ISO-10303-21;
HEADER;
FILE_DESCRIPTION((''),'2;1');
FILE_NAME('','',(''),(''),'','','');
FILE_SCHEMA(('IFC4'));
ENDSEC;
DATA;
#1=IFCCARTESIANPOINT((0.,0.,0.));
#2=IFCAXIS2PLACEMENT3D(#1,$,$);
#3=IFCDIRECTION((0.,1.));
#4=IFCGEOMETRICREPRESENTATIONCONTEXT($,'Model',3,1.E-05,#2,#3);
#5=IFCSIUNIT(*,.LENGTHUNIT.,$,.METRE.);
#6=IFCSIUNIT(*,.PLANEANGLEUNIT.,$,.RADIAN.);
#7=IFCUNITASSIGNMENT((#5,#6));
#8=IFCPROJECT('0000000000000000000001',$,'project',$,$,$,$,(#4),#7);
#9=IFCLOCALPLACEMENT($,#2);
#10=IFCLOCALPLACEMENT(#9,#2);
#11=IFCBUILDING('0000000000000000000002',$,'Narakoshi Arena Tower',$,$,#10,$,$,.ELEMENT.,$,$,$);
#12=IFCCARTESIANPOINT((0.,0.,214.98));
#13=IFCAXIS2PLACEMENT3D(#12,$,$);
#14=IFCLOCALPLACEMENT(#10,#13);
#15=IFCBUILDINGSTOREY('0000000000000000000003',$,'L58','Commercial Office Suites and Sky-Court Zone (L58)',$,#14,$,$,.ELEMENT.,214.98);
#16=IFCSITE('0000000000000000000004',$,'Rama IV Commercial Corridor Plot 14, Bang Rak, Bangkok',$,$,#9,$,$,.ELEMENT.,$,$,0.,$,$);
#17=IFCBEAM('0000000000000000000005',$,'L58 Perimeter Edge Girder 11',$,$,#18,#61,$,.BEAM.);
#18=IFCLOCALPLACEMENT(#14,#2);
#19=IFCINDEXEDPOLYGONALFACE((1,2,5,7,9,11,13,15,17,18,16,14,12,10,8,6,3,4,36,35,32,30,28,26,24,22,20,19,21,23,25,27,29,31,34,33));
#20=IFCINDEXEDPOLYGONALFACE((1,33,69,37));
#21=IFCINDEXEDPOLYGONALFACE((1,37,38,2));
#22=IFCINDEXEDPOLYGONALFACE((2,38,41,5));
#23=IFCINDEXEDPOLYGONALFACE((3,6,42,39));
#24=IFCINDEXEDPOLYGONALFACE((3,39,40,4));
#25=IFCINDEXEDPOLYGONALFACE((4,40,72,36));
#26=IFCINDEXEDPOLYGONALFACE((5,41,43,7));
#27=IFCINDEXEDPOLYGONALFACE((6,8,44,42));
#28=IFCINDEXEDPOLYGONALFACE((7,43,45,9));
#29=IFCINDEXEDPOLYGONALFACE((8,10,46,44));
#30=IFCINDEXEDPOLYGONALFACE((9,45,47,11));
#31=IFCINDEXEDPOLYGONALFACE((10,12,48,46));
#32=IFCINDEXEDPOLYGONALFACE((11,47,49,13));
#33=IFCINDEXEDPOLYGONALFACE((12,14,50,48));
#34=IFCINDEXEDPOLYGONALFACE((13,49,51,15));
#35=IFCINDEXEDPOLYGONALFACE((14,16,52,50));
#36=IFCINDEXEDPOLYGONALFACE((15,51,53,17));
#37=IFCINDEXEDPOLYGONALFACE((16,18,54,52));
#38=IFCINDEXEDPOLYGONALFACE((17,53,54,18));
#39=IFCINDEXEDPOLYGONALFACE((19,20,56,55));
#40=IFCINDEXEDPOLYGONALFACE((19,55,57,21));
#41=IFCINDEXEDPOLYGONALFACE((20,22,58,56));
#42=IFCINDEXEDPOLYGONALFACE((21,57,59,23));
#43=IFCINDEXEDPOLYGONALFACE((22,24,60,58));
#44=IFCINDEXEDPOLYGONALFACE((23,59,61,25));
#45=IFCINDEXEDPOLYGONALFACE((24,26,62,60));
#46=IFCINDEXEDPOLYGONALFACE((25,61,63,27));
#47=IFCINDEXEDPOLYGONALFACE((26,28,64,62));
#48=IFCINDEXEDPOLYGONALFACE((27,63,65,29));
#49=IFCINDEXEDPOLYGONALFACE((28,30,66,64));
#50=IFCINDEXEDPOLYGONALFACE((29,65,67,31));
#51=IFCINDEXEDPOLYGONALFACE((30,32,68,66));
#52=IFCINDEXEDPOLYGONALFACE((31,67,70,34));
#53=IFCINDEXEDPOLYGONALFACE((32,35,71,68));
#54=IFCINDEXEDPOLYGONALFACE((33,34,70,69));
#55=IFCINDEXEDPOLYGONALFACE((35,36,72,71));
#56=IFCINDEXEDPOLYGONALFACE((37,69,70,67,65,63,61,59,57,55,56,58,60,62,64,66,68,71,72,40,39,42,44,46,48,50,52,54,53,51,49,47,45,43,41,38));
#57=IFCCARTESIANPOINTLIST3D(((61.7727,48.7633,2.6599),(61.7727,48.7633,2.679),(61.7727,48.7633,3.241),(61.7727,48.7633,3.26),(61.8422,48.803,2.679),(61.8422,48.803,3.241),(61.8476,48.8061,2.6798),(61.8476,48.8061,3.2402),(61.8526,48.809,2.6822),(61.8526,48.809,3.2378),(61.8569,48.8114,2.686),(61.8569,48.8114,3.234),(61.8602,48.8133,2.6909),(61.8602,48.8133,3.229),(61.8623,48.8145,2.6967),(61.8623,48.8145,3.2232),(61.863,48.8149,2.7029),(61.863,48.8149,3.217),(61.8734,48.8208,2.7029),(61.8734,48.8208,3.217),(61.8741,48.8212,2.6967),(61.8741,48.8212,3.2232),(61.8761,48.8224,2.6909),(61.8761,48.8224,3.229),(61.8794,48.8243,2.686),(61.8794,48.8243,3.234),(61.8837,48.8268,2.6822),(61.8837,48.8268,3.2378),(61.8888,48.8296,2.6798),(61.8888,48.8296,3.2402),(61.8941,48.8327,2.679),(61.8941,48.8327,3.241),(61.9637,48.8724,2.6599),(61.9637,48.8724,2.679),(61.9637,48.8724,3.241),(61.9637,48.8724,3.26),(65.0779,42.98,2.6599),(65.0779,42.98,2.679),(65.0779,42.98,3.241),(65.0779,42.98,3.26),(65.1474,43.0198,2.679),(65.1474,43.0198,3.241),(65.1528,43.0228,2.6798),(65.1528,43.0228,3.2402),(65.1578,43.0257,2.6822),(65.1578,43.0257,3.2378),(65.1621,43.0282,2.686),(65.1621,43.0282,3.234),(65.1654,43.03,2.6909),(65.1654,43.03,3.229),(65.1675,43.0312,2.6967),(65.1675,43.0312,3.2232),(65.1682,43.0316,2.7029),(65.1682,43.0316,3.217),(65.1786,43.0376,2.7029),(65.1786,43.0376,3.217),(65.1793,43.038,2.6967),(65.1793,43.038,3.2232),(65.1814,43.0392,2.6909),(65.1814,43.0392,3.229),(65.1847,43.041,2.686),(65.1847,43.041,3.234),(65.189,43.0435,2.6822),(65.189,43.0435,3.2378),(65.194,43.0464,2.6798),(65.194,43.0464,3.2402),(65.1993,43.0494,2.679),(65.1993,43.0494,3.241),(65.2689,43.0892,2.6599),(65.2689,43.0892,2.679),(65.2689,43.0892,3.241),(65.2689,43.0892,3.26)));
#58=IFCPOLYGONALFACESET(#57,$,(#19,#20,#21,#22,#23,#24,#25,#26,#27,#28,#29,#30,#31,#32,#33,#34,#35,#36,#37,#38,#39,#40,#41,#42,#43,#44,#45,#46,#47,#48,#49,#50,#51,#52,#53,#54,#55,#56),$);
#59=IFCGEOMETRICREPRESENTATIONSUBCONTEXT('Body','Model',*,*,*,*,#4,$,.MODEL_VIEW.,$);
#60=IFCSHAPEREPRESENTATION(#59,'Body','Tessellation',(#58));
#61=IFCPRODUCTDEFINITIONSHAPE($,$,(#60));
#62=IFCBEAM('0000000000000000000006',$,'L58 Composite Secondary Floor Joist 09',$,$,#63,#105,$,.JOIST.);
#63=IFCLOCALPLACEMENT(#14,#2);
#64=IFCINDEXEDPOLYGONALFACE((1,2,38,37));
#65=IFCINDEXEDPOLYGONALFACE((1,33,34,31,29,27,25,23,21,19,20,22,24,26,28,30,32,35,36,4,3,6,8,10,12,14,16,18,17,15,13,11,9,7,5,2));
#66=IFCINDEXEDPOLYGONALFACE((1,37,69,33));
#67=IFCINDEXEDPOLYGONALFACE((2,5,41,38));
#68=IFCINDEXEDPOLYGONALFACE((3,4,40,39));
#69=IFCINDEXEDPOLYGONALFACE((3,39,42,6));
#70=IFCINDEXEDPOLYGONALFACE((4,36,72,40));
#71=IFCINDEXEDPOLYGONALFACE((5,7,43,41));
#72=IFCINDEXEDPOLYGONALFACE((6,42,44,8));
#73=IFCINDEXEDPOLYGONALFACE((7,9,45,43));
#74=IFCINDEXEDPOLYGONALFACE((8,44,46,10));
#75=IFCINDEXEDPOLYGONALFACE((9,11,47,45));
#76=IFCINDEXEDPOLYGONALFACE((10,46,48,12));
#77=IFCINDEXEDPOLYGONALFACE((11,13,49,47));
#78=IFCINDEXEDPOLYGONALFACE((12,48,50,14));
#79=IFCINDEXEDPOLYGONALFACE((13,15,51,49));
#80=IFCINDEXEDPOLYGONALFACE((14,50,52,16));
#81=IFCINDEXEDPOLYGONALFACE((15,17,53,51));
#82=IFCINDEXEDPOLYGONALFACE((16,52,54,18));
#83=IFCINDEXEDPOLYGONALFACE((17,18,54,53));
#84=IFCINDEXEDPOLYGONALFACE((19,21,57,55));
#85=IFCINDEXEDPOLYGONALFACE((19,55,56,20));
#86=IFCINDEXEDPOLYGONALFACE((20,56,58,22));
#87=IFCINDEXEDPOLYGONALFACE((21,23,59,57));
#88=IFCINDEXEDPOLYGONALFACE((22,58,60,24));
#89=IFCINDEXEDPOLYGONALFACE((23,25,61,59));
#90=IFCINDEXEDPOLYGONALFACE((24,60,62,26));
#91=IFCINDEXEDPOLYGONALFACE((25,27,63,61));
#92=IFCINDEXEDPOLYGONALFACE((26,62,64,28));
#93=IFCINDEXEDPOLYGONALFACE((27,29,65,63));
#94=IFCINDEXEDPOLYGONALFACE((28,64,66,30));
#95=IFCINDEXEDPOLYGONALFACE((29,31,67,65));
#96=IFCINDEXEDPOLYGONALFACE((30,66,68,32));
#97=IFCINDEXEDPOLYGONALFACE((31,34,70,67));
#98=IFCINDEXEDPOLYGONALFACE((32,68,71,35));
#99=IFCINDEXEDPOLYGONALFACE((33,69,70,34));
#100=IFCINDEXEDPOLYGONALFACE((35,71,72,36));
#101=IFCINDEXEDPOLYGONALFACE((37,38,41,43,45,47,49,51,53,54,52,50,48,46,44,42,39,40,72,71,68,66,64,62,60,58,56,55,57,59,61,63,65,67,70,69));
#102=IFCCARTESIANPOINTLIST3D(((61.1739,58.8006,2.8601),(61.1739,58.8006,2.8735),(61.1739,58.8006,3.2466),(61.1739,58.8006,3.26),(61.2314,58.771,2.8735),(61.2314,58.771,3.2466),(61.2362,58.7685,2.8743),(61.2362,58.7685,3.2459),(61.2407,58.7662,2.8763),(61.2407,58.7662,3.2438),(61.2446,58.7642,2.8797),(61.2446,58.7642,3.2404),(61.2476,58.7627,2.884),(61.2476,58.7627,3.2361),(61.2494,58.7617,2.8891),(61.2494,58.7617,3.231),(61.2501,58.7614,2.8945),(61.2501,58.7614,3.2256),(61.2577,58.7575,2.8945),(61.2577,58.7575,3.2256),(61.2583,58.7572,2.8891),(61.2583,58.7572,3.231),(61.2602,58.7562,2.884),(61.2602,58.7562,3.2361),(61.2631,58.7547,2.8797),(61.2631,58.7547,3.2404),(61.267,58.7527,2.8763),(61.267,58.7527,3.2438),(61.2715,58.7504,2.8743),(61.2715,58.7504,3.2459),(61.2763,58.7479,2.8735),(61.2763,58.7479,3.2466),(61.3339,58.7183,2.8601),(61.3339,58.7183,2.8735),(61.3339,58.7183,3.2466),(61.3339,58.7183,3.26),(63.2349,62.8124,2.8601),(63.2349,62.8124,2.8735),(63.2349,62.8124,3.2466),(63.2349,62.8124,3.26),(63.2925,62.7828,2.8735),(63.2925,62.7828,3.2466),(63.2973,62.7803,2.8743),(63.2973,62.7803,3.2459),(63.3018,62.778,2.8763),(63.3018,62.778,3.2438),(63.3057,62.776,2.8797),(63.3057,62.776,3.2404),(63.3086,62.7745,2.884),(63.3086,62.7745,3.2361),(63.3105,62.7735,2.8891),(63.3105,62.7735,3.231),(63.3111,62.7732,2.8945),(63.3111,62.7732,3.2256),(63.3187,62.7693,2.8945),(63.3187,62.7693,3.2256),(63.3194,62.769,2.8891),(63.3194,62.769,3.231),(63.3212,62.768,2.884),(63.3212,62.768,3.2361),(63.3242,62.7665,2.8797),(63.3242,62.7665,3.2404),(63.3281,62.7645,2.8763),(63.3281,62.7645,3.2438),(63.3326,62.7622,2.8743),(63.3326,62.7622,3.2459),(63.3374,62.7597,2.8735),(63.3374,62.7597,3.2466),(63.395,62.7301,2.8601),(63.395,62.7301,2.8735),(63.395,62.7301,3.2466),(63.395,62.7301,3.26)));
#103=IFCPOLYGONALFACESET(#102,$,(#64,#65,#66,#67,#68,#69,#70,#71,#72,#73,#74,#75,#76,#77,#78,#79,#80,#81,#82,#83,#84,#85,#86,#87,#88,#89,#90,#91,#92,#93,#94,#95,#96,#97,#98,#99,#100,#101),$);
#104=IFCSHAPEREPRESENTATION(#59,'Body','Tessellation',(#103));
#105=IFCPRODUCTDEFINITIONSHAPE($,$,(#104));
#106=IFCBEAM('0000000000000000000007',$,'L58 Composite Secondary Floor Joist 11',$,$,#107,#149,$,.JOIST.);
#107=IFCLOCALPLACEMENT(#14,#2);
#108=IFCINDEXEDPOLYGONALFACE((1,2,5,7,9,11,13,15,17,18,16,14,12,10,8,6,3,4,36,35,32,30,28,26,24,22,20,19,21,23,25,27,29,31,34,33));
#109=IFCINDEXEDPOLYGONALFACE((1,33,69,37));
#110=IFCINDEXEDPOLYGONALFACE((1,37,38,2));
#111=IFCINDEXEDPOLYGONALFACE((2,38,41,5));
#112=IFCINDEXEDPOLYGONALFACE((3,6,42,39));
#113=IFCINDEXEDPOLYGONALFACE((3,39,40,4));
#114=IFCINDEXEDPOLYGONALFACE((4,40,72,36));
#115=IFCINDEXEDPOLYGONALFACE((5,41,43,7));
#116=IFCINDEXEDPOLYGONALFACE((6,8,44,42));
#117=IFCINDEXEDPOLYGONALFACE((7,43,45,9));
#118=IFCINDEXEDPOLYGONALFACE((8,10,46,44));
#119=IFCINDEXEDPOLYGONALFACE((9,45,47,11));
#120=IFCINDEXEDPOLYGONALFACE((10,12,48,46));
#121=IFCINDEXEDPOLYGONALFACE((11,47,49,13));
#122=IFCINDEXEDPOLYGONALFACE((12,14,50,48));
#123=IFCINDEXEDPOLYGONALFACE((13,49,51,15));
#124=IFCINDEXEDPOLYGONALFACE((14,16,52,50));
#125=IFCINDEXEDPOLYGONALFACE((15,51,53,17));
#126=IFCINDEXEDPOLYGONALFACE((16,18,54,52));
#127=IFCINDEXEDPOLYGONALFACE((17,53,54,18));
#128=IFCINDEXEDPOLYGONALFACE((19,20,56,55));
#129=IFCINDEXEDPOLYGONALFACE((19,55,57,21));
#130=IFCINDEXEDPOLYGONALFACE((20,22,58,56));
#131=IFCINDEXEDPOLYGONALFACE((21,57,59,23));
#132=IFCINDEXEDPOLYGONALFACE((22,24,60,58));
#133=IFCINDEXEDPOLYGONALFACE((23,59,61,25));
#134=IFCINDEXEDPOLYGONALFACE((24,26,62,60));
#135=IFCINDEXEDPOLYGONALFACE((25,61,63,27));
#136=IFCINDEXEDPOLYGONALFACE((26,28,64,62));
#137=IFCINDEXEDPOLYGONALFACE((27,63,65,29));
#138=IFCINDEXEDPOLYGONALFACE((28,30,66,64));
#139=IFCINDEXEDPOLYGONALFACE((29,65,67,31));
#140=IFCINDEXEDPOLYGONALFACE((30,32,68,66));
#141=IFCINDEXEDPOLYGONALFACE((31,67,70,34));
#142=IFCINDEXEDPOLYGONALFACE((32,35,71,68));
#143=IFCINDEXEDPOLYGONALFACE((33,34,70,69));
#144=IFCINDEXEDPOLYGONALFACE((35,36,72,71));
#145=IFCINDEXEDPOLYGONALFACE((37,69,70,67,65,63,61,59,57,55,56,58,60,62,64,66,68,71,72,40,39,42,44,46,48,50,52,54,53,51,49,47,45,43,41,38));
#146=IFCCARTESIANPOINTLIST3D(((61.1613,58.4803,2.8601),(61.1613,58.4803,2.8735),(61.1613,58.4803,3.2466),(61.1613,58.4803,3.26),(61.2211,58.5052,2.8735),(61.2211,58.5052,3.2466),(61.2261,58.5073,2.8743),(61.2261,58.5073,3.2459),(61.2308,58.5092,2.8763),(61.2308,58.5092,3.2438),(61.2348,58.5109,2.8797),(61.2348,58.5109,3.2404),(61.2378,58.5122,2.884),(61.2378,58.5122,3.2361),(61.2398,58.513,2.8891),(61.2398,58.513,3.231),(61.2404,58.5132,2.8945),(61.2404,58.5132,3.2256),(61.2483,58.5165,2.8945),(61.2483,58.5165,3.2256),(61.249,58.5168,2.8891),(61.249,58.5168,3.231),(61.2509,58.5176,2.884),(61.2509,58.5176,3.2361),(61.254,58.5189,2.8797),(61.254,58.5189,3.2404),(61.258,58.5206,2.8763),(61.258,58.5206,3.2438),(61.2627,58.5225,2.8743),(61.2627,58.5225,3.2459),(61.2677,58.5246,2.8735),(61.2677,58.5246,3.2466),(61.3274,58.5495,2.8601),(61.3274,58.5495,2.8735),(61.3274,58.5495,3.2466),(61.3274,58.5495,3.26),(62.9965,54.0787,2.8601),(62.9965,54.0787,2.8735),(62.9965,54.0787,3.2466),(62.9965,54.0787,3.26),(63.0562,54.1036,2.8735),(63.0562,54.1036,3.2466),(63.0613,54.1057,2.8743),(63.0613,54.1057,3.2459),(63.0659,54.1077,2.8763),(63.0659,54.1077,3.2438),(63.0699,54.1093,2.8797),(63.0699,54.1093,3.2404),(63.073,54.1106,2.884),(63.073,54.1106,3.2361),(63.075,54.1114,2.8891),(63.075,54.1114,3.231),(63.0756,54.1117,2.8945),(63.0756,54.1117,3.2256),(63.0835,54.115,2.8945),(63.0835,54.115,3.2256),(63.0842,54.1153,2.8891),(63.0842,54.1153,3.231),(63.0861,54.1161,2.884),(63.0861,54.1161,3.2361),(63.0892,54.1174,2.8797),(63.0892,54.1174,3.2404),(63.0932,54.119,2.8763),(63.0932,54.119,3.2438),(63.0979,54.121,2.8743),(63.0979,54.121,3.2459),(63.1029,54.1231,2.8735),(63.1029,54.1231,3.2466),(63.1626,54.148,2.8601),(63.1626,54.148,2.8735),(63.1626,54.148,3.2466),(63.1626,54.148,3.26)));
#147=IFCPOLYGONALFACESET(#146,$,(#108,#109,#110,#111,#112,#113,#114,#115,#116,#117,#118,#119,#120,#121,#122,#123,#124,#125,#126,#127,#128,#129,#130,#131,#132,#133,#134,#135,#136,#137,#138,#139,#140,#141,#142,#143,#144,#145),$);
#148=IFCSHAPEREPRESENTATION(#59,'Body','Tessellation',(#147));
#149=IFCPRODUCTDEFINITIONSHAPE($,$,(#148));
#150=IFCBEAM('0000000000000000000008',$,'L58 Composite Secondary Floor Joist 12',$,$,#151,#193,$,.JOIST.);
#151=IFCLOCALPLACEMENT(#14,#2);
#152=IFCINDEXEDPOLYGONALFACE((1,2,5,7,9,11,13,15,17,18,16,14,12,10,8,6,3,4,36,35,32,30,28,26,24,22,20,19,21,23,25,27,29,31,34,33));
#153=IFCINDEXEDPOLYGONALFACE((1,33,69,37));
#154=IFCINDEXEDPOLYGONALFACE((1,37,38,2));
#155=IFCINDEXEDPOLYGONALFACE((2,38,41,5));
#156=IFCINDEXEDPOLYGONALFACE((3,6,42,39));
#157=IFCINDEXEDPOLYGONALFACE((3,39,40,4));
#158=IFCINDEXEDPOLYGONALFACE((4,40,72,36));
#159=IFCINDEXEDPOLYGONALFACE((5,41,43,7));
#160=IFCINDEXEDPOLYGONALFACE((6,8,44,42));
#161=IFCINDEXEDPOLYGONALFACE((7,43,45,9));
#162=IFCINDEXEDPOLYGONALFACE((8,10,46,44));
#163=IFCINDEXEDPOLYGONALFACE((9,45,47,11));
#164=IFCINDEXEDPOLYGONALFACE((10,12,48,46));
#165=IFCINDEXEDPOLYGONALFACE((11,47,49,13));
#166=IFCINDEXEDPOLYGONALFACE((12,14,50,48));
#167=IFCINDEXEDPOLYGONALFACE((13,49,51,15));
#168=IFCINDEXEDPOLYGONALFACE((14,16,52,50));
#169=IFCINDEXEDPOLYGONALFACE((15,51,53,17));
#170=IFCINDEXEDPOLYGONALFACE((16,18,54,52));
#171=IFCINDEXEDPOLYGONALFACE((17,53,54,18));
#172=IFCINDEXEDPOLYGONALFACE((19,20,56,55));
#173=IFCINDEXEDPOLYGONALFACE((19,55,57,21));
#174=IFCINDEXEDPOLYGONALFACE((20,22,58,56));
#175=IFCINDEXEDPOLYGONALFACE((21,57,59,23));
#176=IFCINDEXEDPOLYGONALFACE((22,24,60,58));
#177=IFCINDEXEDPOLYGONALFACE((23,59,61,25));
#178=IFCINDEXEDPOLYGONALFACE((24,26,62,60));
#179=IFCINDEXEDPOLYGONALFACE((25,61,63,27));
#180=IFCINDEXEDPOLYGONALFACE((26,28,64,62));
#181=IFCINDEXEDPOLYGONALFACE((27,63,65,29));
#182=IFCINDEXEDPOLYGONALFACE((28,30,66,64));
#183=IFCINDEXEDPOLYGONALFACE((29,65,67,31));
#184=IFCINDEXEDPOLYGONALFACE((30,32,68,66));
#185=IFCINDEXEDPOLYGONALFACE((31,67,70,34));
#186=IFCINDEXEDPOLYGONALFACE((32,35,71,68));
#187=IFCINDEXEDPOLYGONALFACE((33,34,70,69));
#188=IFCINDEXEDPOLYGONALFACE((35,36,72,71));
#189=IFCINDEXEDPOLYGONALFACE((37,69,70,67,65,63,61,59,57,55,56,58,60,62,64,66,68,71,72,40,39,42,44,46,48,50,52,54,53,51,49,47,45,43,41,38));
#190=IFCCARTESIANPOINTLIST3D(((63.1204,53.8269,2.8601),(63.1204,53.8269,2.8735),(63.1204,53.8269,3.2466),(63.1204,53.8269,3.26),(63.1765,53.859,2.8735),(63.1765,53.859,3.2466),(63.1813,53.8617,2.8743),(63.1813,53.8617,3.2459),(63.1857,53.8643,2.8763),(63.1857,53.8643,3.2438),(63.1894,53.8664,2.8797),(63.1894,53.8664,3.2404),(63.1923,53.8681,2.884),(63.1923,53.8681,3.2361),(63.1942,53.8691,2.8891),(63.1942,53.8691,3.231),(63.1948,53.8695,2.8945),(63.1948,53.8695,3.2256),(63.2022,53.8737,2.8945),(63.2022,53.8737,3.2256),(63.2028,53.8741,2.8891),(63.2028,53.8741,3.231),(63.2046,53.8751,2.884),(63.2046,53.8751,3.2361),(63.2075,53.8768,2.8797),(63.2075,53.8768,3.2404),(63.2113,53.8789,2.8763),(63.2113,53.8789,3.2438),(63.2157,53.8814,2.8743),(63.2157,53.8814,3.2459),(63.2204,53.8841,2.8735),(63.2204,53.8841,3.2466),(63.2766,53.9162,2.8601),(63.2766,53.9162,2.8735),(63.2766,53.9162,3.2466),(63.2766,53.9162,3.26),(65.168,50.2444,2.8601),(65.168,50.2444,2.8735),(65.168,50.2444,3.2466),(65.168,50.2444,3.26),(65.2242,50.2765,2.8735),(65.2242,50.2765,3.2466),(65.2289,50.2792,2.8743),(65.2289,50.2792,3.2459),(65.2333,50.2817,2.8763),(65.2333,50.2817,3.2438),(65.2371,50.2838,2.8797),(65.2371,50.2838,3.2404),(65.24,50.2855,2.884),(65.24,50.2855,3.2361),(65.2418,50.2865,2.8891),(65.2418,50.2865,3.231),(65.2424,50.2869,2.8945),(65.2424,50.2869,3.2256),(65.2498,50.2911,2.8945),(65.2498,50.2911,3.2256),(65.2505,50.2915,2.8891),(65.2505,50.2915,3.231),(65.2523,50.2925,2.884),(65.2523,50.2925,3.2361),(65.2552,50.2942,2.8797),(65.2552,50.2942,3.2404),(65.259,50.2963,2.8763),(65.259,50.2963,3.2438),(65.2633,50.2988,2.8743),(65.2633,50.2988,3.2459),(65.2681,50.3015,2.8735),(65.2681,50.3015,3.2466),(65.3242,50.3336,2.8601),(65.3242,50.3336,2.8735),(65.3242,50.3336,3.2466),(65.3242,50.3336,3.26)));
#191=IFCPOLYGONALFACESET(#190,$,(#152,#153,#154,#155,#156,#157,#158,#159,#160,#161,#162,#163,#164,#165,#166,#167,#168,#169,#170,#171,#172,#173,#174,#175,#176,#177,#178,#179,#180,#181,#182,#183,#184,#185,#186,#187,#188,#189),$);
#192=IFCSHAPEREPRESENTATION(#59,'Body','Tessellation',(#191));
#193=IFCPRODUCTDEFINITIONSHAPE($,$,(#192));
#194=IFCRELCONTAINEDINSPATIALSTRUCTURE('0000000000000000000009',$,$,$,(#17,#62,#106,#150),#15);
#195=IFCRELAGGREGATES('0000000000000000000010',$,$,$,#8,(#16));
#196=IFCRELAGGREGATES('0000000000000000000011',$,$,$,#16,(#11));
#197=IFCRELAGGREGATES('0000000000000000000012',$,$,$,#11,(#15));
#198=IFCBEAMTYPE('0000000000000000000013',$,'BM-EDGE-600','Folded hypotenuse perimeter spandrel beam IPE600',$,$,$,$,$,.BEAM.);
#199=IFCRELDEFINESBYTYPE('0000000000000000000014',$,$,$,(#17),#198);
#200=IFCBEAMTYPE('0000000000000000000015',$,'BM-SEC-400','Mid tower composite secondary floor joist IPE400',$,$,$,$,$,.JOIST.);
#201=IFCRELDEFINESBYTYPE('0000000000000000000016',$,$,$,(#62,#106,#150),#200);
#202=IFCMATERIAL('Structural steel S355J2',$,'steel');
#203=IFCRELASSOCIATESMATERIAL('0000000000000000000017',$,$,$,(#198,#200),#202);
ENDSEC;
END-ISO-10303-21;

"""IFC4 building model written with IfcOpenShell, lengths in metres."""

from ifc_helpers import new_model, si_unit, direction, frame, origin, origin_2d, place, context, subcontext, project, spatial, i_section, extrude, material, material_profile, profile_set, type_object, element, save


model = new_model("IFC4")

# Units and contexts
model_context = context("Model", 3, precision=1e-05, world=origin(), true_north=direction((0.0, 1.0)))
body_context = subcontext(model_context, "Body", "Model", "MODEL_VIEW")
ifc_project = project(units=[si_unit("LENGTHUNIT", "METRE"), si_unit("PLANEANGLEUNIT", "RADIAN")], contexts=[model_context])

# Site, building, storey
site_placement = place(None, origin())
site = spatial("IfcSite", under=ifc_project, at=site_placement, Name="Rama IV Commercial Corridor Plot 14, Bang Rak, Bangkok", CompositionType="ELEMENT", RefElevation=0.0)
building_placement = place(site_placement, origin())
building = spatial("IfcBuilding", under=site, at=building_placement, Name="Narakoshi Arena Tower", CompositionType="ELEMENT")
storey_placement = place(building_placement, frame((0.0, 0.0, 214.98)))
storey = spatial("IfcBuildingStorey", under=building, at=storey_placement, Name="L58", Description="Commercial Office Suites and Sky-Court Zone (L58)", CompositionType="ELEMENT", Elevation=214.98)

# Beams
ifc_material_1 = material(Name="Structural steel S355J2", Category="steel")
ifc_material_profile_1 = material_profile(ifc_material_1, i_section(OverallWidth=0.22, OverallDepth=0.6001, WebThickness=0.012, FlangeThickness=0.019, FilletRadius=0.0239, at=origin_2d()), Name="IPE600")
ifc_profile_set_1 = profile_set([ifc_material_profile_1], Name="Structural steel S355J2")
beam_type_1 = type_object("IfcBeamType", Name="BM-EDGE-600", Description="Folded hypotenuse perimeter spandrel beam IPE600", PredefinedType="BEAM", material=ifc_profile_set_1)
for number, where, z_axis, x_axis, name in (
    (1, (61.8682, 48.8179, 2.96), (0.496194, -0.868212, 0.0), (0.868212, 0.496194, 0.0), "L58 Perimeter Edge Girder 11"),
):
    element("IfcBeam", number, at=place(storey_placement, frame(where, z_axis=z_axis, x_axis=x_axis)), inside=storey, type_object=beam_type_1, Name=name, PredefinedType="BEAM", context=body_context, shape_type="SweptSolid", body=[
        extrude(i_section(OverallWidth=0.22, OverallDepth=0.6001, WebThickness=0.012, FlangeThickness=0.019, FilletRadius=0.0239, at=origin_2d()), origin(), (0.0, 0.0, 1.0), 6.6611),
    ])
ifc_material_profile_2 = material_profile(ifc_material_1, i_section(OverallWidth=0.1799, OverallDepth=0.3999, WebThickness=0.0085, FlangeThickness=0.0134, FilletRadius=0.021, at=origin_2d()), Name="IPE400")
ifc_profile_set_2 = profile_set([ifc_material_profile_2], Name="Structural steel S355J2")
beam_type_2 = type_object("IfcBeamType", Name="BM-SEC-400", Description="Mid tower composite secondary floor joist IPE400", PredefinedType="JOIST", material=ifc_profile_set_2)
beam_1_placement = place(storey_placement, frame((63.3149, 62.7712, 3.0601), z_axis=(-0.456974, -0.88948, 0.0), x_axis=(0.88948, -0.456974, 0.0)))
element("IfcBeam", 2, at=beam_1_placement, inside=storey, type_object=beam_type_2, Name="L58 Composite Secondary Floor Joist 09", PredefinedType="JOIST", context=body_context, shape_type="SweptSolid", body=[
    extrude(i_section(OverallWidth=0.1799, OverallDepth=0.3999, WebThickness=0.0085, FlangeThickness=0.0134, FilletRadius=0.021, at=origin_2d()), origin(), (0.0, 0.0, 1.0), 4.5103),
])
beam_2_placement = place(storey_placement, frame((61.2444, 58.5149, 3.0601), z_axis=(0.38483, -0.922988, 0.0), x_axis=(0.922988, 0.38483, 0.0)))
element("IfcBeam", 3, at=beam_2_placement, inside=storey, type_object=beam_type_2, Name="L58 Composite Secondary Floor Joist 11", PredefinedType="JOIST", context=body_context, shape_type="SweptSolid", body=[
    extrude(i_section(OverallWidth=0.1799, OverallDepth=0.3999, WebThickness=0.0085, FlangeThickness=0.0134, FilletRadius=0.021, at=origin_2d()), origin(), (0.0, 0.0, 1.0), 4.7688),
])
beam_3_placement = place(storey_placement, frame((63.1985, 53.8716, 3.0601), z_axis=(0.496222, -0.868196, 0.0), x_axis=(0.868196, 0.496222, 0.0)))
element("IfcBeam", 4, at=beam_3_placement, inside=storey, type_object=beam_type_2, Name="L58 Composite Secondary Floor Joist 12", PredefinedType="JOIST", context=body_context, shape_type="SweptSolid", body=[
    extrude(i_section(OverallWidth=0.1799, OverallDepth=0.3999, WebThickness=0.0085, FlangeThickness=0.0134, FilletRadius=0.021, at=origin_2d()), origin(), (0.0, 0.0, 1.0), 4.1265),
])

save(model, "model.ifc")
